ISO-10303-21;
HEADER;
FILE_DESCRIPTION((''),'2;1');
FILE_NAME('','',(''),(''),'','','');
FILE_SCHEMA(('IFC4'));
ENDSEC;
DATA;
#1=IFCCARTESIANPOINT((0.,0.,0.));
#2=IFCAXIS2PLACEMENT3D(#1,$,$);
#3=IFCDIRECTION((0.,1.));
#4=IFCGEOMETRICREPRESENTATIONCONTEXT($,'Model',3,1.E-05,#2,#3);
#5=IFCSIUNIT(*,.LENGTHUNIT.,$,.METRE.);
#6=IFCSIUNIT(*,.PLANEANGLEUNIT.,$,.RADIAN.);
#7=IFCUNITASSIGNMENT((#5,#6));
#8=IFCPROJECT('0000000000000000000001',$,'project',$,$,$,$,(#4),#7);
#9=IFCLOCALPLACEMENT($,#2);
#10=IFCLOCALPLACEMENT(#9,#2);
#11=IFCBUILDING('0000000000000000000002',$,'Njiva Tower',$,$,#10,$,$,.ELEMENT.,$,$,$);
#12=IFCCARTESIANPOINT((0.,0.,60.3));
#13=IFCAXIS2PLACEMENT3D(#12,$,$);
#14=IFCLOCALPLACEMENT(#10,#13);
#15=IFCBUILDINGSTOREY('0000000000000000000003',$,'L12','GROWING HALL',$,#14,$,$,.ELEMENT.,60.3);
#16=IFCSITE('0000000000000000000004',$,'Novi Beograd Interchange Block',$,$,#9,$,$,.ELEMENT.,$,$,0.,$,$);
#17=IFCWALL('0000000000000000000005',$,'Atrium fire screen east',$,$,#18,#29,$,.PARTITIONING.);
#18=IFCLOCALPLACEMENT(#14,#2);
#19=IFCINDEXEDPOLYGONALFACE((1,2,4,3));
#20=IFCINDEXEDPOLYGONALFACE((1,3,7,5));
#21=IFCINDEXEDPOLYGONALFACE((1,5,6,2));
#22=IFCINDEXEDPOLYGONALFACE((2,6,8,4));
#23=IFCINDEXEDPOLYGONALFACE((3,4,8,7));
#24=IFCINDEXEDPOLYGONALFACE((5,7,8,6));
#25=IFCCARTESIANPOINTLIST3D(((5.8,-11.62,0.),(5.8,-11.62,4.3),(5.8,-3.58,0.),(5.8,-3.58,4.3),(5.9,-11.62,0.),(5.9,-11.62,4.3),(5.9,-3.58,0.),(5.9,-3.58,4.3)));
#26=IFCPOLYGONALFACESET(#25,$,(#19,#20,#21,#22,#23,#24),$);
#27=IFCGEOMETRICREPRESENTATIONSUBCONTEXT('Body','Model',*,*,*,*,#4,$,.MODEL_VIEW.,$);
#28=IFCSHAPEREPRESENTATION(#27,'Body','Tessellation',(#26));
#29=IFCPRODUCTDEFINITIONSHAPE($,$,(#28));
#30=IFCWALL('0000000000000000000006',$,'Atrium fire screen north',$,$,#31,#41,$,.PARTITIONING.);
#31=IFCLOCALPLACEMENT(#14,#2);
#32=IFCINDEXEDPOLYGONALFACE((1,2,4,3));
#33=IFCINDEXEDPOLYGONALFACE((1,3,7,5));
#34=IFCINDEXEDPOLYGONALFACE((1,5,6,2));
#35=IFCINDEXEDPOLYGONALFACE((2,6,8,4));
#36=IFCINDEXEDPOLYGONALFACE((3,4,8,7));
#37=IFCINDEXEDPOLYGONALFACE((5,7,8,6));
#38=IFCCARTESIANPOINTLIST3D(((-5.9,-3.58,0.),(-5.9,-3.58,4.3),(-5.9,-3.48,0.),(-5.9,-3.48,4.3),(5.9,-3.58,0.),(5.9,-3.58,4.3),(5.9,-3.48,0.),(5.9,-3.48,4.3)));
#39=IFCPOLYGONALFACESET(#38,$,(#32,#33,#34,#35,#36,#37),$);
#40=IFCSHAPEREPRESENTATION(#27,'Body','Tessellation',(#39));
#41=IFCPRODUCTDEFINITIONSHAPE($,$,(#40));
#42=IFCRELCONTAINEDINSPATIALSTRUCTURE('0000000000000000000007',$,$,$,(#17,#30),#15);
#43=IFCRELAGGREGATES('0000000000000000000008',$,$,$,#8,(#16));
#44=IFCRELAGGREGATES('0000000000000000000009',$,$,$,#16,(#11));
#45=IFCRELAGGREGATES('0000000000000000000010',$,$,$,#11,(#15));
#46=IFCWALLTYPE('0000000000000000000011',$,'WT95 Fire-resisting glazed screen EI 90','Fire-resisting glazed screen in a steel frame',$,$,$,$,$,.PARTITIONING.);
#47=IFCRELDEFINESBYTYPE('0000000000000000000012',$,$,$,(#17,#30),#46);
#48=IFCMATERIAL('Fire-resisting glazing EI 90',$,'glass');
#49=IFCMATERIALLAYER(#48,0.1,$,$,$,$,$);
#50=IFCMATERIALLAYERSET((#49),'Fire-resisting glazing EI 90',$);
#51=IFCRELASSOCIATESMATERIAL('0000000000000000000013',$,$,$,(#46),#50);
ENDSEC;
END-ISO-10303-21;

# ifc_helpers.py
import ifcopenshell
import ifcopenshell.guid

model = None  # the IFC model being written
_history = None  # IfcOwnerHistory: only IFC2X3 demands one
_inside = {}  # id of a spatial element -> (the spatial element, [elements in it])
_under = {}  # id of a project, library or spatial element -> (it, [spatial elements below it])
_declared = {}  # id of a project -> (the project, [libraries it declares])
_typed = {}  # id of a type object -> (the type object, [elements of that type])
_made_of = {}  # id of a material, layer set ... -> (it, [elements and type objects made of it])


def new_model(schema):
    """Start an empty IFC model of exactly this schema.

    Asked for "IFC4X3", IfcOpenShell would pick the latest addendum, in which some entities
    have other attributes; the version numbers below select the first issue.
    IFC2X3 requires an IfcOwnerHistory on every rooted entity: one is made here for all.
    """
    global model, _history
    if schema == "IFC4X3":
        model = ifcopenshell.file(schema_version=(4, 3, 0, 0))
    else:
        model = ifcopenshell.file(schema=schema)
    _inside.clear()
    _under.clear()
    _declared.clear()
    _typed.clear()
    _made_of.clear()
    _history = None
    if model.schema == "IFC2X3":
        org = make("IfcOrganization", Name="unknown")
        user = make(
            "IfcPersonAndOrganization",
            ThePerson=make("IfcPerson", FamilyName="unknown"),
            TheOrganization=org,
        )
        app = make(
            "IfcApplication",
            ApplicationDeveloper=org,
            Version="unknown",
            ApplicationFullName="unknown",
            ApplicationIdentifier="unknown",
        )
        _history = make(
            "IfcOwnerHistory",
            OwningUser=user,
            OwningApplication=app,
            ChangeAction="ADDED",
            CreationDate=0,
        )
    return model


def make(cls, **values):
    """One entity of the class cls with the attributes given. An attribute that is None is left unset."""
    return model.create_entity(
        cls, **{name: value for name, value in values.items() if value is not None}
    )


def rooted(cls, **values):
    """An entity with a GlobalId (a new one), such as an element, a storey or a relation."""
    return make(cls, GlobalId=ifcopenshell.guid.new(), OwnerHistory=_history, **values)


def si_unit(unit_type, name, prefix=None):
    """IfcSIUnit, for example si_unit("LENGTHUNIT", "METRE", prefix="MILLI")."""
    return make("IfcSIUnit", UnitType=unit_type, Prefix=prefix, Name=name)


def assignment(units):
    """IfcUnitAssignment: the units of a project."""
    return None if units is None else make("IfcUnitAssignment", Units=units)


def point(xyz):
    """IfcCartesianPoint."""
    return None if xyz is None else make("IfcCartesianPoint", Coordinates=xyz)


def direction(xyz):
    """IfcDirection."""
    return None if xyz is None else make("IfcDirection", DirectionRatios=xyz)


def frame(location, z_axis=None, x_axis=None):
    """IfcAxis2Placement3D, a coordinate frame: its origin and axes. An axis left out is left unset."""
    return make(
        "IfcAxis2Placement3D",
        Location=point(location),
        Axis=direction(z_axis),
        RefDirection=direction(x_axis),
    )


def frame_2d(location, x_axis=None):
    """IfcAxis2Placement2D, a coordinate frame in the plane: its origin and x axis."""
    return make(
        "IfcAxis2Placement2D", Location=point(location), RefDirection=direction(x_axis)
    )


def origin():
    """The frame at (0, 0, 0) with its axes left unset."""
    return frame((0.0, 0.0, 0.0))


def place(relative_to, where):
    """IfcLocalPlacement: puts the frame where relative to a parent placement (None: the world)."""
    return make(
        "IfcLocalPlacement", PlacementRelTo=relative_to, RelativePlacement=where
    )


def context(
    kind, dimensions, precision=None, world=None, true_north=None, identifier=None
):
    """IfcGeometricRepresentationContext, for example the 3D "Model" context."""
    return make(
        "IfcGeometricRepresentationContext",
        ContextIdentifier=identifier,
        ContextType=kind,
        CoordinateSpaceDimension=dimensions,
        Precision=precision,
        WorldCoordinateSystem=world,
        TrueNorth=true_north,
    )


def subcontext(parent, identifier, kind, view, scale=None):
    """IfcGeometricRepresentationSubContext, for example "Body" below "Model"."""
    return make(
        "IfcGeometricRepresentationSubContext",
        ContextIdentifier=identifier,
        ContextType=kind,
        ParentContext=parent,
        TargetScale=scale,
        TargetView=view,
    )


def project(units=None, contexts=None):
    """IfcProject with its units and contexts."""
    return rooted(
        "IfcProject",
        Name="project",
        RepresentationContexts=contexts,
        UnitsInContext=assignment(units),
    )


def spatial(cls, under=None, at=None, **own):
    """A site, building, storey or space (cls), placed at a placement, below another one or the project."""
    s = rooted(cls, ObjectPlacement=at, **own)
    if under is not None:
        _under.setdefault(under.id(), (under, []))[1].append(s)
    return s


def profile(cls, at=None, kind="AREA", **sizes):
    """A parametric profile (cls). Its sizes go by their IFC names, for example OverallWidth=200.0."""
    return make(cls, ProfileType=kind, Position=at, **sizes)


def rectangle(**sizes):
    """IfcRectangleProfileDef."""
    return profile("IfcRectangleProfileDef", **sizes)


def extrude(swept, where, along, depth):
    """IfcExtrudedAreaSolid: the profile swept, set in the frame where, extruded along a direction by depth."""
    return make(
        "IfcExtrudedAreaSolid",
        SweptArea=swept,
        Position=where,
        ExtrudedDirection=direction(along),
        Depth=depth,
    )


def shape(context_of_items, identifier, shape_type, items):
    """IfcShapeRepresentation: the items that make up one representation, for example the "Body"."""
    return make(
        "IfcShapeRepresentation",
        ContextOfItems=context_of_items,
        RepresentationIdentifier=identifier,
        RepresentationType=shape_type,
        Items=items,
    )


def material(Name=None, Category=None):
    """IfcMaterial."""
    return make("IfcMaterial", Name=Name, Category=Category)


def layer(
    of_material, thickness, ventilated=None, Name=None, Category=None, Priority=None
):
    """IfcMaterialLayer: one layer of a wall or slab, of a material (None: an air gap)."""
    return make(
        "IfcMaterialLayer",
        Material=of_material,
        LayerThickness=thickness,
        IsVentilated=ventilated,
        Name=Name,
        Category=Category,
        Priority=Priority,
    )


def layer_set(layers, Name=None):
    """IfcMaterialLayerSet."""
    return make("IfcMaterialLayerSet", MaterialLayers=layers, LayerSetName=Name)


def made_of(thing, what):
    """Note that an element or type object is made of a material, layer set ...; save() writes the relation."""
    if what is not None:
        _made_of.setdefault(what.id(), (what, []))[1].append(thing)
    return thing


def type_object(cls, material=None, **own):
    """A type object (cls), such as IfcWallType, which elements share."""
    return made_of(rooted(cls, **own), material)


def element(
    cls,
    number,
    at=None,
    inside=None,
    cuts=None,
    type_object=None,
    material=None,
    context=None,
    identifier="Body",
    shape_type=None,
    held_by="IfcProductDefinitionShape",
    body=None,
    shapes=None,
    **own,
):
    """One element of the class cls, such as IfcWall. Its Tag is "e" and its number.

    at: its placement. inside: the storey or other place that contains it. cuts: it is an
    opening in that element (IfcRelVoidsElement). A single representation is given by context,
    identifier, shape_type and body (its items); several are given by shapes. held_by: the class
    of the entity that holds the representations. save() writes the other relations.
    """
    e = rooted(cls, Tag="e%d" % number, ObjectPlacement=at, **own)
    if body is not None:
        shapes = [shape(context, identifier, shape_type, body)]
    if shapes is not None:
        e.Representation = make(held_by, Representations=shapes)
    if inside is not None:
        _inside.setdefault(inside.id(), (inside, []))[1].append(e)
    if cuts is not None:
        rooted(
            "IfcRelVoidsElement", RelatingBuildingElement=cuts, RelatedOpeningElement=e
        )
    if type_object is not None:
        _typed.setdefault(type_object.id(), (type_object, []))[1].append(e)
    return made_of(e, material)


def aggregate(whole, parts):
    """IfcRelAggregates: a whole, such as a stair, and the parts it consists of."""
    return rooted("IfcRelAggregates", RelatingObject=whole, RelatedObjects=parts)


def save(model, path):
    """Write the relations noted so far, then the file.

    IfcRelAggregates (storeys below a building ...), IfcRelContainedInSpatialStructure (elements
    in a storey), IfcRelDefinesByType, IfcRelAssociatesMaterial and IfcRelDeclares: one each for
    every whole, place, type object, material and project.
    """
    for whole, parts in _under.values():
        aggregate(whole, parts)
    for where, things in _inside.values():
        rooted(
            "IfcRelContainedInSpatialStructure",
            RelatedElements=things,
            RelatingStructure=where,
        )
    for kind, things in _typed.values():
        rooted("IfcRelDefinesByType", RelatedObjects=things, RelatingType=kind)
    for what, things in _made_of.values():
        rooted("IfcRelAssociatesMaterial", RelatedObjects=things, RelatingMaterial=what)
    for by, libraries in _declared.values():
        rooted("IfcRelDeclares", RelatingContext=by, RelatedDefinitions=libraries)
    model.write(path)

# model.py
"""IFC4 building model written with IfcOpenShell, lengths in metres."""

from ifc_helpers import new_model, si_unit, direction, frame, frame_2d, origin, place, context, subcontext, project, spatial, rectangle, extrude, material, layer, layer_set, type_object, element, save


model = new_model("IFC4")

# Units and contexts
model_context = context("Model", 3, precision=1e-05, world=origin(), true_north=direction((0.0, 1.0)))
body_context = subcontext(model_context, "Body", "Model", "MODEL_VIEW")
ifc_project = project(units=[si_unit("LENGTHUNIT", "METRE"), si_unit("PLANEANGLEUNIT", "RADIAN")], contexts=[model_context])

# Site, building, storey
site_placement = place(None, origin())
site = spatial("IfcSite", under=ifc_project, at=site_placement, Name="Novi Beograd Interchange Block", CompositionType="ELEMENT", RefElevation=0.0)
building_placement = place(site_placement, origin())
building = spatial("IfcBuilding", under=site, at=building_placement, Name="Njiva Tower", CompositionType="ELEMENT")
storey_placement = place(building_placement, frame((0.0, 0.0, 60.3)))
storey = spatial("IfcBuildingStorey", under=building, at=storey_placement, Name="L12", Description="GROWING HALL", CompositionType="ELEMENT", Elevation=60.3)

# Walls
ifc_material_1 = material(Name="Fire-resisting glazing EI 90", Category="glass")
ifc_layer_1 = layer(ifc_material_1, 0.1)
ifc_layer_set_1 = layer_set([ifc_layer_1], Name="Fire-resisting glazing EI 90")
wall_type_1 = type_object("IfcWallType", Name="WT95 Fire-resisting glazed screen EI 90", Description="Fire-resisting glazed screen in a steel frame", PredefinedType="PARTITIONING", material=ifc_layer_set_1)
wall_1_placement = place(storey_placement, frame((5.85, -11.62, 0.0), z_axis=(0.0, 0.0, 1.0), x_axis=(0.0, 1.0, 0.0)))
element("IfcWall", 1, at=wall_1_placement, inside=storey, type_object=wall_type_1, Name="Atrium fire screen east", PredefinedType="PARTITIONING", context=body_context, shape_type="SweptSolid", body=[
    extrude(rectangle(XDim=8.04, YDim=0.1, at=frame_2d((4.02, 0.0))), origin(), (0.0, 0.0, 1.0), 4.3),
])
wall_2_placement = place(storey_placement, frame((5.9, -3.53, 0.0), z_axis=(0.0, 0.0, 1.0), x_axis=(-1.0, 0.0, 0.0)))
element("IfcWall", 2, at=wall_2_placement, inside=storey, type_object=wall_type_1, Name="Atrium fire screen north", PredefinedType="PARTITIONING", context=body_context, shape_type="SweptSolid", body=[
    extrude(rectangle(XDim=11.8, YDim=0.1, at=frame_2d((5.9, 0.0))), origin(), (0.0, 0.0, 1.0), 4.3),
])

save(model, "model.ifc")
